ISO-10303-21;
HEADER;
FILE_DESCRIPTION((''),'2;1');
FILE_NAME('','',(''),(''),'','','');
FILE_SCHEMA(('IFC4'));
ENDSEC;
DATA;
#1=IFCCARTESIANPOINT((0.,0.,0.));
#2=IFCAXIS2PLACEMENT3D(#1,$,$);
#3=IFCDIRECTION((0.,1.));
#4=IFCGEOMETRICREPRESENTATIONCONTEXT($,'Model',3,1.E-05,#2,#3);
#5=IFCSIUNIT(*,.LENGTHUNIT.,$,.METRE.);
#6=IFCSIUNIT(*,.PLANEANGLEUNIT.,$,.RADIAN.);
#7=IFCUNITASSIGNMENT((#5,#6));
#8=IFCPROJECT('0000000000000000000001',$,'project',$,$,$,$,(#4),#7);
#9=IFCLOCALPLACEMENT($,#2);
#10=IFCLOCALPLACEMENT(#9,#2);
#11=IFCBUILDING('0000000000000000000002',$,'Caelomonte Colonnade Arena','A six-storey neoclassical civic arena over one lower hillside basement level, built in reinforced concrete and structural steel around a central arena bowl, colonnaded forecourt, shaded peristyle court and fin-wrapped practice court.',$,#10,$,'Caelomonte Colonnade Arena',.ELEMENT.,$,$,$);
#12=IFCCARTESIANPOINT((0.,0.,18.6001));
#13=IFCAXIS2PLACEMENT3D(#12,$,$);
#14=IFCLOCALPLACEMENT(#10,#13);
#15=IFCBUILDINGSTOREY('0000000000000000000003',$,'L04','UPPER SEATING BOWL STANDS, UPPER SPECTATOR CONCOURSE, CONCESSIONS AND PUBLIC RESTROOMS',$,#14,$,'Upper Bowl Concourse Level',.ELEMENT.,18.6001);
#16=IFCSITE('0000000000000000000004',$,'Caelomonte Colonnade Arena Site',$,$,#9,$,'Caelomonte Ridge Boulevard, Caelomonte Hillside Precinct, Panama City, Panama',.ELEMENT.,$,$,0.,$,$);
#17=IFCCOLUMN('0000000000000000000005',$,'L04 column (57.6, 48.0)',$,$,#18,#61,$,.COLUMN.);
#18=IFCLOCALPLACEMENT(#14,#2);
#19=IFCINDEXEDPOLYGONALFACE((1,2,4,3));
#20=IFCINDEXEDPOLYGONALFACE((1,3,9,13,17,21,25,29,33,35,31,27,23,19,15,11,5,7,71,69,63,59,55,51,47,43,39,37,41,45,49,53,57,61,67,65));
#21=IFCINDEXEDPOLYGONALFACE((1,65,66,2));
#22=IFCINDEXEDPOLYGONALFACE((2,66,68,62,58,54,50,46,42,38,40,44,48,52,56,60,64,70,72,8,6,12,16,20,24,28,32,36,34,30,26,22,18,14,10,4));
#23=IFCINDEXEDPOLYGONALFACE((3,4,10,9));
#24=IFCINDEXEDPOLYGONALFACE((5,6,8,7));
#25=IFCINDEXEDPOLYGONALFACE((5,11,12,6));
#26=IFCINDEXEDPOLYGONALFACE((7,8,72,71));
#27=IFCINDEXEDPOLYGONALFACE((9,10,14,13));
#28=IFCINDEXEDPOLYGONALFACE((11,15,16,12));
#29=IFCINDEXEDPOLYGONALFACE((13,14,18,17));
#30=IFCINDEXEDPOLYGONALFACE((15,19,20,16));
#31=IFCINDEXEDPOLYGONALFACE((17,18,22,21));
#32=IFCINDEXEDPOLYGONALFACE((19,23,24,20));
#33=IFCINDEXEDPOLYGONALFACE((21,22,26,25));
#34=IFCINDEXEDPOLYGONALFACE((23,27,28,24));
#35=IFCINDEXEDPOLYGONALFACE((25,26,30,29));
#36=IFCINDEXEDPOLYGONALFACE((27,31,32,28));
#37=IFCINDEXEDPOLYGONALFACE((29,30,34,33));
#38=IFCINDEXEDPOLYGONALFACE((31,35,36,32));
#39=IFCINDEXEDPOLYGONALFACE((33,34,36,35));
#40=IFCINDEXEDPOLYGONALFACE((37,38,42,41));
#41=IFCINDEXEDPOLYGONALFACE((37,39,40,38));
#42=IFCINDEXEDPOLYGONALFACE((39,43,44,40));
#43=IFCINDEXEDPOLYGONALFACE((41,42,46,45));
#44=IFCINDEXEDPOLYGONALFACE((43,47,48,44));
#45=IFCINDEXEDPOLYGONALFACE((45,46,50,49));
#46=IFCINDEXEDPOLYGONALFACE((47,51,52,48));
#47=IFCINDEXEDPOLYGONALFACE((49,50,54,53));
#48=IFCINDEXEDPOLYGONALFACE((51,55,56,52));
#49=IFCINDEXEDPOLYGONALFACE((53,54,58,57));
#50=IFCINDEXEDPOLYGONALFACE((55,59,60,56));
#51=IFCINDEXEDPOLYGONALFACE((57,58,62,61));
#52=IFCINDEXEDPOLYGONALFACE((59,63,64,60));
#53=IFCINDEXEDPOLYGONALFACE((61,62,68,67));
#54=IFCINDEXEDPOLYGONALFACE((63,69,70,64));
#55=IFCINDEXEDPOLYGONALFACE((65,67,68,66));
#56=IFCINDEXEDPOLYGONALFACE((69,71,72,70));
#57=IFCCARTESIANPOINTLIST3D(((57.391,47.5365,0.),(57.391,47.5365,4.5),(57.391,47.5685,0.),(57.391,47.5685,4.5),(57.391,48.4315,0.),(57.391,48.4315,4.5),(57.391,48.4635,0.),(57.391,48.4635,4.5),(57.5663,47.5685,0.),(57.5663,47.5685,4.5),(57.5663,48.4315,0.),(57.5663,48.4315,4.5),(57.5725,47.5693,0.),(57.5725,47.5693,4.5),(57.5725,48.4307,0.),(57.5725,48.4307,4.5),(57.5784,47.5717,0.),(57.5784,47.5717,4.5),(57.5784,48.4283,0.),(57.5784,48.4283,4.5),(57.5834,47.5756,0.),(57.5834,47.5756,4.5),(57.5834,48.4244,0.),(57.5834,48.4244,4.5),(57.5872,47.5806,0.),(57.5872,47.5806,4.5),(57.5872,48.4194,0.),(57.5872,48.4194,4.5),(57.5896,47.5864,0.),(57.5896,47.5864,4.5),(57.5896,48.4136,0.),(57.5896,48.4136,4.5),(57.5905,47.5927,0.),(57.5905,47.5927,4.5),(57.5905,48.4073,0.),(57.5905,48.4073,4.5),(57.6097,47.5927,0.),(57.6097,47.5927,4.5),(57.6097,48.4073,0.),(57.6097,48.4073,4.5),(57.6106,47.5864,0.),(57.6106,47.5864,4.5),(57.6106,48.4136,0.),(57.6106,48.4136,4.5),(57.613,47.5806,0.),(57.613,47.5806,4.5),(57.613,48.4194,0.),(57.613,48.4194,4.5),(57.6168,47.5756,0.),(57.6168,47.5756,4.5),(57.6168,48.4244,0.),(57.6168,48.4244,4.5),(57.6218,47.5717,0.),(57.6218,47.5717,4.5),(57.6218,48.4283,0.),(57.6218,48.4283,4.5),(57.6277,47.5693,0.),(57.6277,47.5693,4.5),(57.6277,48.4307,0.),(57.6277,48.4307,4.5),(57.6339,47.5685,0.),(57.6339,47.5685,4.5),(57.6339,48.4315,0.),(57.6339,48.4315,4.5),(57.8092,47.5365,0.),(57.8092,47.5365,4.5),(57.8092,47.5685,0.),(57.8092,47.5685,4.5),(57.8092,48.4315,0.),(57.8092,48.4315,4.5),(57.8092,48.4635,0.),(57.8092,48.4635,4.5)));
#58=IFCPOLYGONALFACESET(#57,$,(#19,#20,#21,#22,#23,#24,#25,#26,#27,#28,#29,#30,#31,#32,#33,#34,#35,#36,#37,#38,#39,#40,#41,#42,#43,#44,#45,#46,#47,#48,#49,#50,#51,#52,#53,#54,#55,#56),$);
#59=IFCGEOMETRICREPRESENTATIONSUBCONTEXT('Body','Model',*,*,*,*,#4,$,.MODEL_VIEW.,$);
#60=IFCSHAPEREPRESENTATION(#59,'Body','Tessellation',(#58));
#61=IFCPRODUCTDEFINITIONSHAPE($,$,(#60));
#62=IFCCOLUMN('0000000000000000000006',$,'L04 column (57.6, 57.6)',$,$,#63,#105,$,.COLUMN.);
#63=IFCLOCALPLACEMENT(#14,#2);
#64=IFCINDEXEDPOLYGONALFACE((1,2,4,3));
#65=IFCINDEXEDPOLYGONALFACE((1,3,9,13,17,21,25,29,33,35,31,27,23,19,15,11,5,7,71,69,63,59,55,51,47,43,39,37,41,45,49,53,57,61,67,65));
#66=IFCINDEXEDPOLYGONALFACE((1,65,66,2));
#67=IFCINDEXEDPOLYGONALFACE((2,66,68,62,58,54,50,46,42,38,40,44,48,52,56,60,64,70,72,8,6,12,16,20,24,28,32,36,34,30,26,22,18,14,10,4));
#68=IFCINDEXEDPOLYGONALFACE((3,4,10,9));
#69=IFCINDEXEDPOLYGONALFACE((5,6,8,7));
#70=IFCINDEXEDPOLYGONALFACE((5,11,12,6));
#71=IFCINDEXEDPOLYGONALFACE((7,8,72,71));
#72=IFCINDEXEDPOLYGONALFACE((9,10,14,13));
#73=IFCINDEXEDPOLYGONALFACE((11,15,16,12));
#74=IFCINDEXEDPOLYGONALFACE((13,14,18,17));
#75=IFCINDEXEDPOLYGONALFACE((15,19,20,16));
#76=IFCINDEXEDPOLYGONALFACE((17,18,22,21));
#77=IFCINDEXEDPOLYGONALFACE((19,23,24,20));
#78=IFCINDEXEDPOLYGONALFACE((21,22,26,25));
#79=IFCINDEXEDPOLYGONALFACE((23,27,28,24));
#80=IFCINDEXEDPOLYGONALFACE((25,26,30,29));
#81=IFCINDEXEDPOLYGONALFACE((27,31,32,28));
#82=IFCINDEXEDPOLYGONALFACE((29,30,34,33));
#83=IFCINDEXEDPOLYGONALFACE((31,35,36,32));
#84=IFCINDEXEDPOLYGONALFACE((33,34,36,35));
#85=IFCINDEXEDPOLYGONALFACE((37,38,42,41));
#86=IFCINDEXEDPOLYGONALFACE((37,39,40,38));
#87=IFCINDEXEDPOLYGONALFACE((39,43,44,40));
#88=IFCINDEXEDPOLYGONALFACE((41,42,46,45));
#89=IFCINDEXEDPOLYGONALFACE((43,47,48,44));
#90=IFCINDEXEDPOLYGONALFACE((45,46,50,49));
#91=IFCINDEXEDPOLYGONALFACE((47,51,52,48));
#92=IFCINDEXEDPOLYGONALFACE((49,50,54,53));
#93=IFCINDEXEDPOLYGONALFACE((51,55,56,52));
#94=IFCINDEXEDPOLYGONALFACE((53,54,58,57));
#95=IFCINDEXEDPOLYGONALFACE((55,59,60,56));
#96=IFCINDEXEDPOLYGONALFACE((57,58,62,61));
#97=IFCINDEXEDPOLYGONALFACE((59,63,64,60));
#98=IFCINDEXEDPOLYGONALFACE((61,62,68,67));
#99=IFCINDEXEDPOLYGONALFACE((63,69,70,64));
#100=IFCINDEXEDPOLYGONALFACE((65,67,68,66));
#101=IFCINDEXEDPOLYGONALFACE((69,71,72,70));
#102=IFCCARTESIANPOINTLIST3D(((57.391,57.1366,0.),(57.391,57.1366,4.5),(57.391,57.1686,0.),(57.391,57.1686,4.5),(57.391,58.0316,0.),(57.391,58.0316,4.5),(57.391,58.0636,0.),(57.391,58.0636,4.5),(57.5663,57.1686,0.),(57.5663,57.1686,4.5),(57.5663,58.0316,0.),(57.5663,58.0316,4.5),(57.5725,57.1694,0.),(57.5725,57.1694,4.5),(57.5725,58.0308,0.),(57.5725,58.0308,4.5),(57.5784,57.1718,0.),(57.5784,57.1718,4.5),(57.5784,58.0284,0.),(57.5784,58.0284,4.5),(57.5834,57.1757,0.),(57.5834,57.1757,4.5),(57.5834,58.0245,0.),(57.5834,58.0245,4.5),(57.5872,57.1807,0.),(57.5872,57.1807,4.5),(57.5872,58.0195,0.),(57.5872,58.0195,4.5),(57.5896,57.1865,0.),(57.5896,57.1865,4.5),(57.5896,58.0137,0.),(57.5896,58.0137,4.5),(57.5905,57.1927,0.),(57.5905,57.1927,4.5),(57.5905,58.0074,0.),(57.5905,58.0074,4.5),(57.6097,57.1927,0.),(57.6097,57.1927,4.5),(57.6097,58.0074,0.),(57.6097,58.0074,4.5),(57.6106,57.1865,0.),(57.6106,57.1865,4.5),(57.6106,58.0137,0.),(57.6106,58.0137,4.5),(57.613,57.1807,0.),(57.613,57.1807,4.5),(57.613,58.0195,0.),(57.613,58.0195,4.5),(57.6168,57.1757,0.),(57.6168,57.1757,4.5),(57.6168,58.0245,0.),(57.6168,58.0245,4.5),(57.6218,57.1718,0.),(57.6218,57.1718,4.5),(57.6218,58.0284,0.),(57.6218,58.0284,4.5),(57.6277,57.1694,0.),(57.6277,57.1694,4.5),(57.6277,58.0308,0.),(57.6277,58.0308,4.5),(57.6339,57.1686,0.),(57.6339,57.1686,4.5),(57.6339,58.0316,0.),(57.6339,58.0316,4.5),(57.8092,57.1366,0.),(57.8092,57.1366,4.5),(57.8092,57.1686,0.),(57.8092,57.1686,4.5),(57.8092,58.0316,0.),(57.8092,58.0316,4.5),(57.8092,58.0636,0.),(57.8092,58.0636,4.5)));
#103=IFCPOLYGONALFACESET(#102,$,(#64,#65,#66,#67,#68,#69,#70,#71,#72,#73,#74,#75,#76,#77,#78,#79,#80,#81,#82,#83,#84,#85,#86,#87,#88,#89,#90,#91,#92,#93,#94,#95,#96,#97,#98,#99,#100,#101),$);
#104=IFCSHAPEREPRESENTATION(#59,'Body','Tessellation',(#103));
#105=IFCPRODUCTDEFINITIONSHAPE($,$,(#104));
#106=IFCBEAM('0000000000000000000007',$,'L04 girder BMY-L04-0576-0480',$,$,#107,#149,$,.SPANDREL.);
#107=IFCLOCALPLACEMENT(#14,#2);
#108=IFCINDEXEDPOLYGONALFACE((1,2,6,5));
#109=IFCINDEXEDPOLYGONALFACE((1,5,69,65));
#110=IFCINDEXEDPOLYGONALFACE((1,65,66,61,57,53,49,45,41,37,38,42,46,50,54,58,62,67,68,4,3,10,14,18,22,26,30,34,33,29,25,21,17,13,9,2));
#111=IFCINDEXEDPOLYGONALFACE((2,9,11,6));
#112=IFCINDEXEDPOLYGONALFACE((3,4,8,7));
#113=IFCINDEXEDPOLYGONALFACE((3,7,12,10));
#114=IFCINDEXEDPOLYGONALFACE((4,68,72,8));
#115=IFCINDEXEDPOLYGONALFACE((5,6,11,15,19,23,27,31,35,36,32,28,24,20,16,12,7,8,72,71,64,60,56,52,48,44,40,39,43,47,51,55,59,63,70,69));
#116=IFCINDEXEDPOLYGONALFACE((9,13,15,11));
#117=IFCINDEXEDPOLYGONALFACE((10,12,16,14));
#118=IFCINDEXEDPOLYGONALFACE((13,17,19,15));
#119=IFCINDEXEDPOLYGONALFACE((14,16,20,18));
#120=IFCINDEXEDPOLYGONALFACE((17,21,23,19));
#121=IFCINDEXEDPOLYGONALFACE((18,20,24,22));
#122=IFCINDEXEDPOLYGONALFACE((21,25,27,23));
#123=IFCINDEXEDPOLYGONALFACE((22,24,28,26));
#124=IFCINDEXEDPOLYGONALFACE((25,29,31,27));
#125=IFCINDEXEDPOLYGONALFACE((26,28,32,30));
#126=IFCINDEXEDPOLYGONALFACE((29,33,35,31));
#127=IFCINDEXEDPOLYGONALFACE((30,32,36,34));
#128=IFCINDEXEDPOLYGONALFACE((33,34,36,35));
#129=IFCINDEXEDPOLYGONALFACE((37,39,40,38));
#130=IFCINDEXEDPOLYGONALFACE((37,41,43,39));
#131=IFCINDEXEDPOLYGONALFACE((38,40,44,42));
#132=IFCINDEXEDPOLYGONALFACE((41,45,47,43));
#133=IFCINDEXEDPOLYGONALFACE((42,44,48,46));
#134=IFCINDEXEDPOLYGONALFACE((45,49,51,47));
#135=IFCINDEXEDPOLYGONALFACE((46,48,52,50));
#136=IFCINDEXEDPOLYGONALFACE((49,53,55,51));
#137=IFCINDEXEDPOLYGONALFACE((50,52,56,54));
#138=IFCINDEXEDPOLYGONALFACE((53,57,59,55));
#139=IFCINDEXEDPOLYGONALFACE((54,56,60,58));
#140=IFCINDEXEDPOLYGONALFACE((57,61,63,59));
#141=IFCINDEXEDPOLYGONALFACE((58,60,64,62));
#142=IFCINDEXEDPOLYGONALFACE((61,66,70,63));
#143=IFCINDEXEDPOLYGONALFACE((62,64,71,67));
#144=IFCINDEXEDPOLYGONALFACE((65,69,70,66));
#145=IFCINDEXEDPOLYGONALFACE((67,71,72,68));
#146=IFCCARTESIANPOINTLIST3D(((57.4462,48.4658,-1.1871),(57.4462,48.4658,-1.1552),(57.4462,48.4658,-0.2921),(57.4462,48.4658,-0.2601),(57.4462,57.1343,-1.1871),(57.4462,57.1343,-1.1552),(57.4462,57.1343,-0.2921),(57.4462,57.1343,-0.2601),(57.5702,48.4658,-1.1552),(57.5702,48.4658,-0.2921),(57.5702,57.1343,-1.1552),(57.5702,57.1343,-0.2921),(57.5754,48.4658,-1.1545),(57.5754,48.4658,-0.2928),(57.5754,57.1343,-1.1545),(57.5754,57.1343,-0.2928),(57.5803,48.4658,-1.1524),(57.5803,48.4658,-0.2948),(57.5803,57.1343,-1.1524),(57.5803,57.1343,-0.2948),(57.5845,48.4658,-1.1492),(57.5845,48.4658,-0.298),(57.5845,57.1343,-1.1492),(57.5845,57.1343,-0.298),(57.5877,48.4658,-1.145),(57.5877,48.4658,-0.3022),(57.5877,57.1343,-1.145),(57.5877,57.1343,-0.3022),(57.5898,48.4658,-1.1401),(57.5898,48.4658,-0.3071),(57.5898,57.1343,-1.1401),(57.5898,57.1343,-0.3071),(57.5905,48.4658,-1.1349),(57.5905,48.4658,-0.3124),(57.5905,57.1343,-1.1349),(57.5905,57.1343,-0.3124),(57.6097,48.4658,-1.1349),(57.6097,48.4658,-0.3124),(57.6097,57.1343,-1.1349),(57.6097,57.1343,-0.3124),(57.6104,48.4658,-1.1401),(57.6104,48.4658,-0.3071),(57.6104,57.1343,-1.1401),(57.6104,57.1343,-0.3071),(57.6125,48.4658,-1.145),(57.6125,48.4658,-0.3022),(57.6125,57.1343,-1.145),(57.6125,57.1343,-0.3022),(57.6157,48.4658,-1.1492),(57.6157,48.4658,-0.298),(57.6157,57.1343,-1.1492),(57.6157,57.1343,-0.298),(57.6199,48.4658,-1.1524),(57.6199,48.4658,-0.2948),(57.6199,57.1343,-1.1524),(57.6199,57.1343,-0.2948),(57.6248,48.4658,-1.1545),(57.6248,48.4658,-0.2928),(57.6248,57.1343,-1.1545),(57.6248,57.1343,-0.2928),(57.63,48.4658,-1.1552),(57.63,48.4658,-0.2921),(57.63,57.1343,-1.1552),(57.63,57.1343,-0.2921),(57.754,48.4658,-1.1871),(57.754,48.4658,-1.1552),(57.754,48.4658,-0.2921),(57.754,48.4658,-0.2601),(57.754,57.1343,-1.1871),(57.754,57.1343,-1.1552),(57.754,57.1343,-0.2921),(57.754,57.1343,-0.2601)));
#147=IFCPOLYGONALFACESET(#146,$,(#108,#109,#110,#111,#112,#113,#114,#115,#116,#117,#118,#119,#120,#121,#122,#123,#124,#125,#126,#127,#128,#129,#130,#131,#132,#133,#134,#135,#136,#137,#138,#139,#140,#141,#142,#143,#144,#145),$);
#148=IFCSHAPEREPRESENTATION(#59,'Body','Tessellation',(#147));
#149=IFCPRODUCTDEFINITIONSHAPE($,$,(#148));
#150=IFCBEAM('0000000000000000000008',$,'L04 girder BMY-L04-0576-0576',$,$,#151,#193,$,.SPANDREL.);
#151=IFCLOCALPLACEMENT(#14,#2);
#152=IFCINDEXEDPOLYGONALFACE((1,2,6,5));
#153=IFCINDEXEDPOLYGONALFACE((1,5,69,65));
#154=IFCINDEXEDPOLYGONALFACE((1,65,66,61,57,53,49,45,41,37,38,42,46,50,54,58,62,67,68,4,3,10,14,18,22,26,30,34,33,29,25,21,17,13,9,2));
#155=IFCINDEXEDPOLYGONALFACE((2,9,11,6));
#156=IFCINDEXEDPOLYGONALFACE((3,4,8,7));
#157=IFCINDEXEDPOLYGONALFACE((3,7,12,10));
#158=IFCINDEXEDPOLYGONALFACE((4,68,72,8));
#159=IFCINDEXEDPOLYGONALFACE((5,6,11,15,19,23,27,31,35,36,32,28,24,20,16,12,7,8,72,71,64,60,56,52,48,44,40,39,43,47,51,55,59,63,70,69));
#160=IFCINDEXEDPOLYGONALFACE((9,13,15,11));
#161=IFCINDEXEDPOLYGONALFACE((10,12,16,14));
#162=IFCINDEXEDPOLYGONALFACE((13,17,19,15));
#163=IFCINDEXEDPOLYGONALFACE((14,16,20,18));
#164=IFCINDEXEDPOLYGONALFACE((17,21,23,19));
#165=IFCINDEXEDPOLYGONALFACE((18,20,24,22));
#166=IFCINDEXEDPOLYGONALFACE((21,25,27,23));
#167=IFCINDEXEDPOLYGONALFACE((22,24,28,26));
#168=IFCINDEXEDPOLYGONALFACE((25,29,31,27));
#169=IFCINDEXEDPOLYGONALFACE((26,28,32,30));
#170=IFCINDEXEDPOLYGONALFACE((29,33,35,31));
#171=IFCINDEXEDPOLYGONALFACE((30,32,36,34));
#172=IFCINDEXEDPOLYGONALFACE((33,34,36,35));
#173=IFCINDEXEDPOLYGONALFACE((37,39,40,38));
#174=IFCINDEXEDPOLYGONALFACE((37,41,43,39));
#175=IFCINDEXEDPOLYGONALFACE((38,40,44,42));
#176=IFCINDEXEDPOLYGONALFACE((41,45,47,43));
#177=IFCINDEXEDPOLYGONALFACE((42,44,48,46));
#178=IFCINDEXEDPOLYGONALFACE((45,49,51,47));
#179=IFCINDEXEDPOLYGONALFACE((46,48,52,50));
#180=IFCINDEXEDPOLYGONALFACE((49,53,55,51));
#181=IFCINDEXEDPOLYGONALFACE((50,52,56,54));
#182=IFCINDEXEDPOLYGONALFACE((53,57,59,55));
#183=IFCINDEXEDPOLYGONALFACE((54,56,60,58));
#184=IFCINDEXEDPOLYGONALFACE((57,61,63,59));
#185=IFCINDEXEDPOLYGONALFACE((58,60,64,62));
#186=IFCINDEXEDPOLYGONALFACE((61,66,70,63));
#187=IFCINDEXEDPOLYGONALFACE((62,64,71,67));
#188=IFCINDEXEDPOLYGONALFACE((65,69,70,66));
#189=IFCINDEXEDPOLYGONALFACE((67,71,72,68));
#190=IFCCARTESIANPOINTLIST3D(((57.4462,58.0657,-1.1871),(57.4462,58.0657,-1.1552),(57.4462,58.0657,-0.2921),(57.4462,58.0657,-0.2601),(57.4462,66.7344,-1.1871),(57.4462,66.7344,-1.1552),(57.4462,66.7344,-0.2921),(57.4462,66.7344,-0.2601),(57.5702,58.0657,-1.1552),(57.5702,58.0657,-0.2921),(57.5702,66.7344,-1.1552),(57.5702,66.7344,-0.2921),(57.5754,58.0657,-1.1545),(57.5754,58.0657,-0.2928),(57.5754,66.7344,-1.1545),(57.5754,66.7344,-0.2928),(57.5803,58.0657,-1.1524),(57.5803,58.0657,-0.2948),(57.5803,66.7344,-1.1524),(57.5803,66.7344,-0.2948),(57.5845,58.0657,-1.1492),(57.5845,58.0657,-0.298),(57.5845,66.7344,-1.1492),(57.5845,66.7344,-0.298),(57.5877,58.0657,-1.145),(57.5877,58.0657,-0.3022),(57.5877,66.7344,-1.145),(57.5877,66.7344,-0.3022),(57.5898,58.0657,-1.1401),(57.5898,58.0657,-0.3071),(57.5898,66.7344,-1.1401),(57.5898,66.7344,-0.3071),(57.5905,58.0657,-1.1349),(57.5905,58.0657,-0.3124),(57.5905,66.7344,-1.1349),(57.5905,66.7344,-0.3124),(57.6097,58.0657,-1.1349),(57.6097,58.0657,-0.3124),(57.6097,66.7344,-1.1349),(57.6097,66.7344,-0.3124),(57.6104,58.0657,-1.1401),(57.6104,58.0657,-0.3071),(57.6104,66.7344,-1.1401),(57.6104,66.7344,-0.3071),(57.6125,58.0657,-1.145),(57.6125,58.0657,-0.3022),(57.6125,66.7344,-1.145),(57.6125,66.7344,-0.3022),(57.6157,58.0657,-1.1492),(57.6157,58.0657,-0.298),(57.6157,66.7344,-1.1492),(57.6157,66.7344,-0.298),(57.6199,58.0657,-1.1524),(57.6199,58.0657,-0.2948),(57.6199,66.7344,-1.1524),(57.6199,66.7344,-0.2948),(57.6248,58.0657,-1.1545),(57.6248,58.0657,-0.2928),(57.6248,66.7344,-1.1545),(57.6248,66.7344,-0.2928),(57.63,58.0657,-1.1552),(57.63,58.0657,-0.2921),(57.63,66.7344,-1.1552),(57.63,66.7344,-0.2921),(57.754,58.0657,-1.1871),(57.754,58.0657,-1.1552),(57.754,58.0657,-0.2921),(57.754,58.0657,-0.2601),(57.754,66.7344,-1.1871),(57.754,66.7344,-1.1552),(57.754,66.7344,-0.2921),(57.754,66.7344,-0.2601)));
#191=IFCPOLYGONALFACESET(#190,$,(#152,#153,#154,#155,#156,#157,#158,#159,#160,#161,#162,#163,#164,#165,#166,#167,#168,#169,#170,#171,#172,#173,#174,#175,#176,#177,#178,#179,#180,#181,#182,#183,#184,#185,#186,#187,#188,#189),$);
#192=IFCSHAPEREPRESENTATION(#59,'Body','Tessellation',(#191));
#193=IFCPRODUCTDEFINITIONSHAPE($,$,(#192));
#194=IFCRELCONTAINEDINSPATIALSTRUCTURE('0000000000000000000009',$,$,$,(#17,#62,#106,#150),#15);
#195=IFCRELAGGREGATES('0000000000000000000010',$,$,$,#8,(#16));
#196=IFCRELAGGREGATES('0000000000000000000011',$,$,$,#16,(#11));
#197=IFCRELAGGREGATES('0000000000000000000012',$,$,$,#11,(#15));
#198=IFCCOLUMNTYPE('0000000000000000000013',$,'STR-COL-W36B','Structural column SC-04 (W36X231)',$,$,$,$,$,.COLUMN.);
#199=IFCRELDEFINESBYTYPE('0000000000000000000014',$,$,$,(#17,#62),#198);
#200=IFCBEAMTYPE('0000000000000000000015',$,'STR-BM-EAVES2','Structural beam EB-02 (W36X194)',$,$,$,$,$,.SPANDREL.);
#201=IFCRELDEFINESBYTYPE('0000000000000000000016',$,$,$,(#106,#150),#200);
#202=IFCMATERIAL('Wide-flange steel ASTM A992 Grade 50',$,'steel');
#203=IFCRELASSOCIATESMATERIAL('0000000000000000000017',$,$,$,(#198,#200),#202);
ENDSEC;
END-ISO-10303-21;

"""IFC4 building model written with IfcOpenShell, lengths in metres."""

from ifc_helpers import new_model, si_unit, direction, frame, origin, origin_2d, place, context, subcontext, project, spatial, i_section, extrude, material, material_profile, profile_set, type_object, element, save


model = new_model("IFC4")

# Units and contexts
model_context = context("Model", 3, precision=1e-05, world=origin(), true_north=direction((0.0, 1.0)))
body_context = subcontext(model_context, "Body", "Model", "MODEL_VIEW")
ifc_project = project(units=[si_unit("LENGTHUNIT", "METRE"), si_unit("PLANEANGLEUNIT", "RADIAN")], contexts=[model_context])

# Site, building, storey
site_placement = place(None, origin())
site = spatial("IfcSite", under=ifc_project, at=site_placement, Name="Caelomonte Colonnade Arena Site", LongName="Caelomonte Ridge Boulevard, Caelomonte Hillside Precinct, Panama City, Panama", CompositionType="ELEMENT", RefElevation=0.0)
building_placement = place(site_placement, origin())
building = spatial("IfcBuilding", under=site, at=building_placement, Name="Caelomonte Colonnade Arena", Description="A six-storey neoclassical civic arena over one lower hillside basement level, built in reinforced concrete and structural steel around a central arena bowl, colonnaded forecourt, shaded peristyle court and fin-wrapped practice court.", LongName="Caelomonte Colonnade Arena", CompositionType="ELEMENT")
storey_placement = place(building_placement, frame((0.0, 0.0, 18.6001)))
storey = spatial("IfcBuildingStorey", under=building, at=storey_placement, Name="L04", Description="UPPER SEATING BOWL STANDS, UPPER SPECTATOR CONCOURSE, CONCESSIONS AND PUBLIC RESTROOMS", LongName="Upper Bowl Concourse Level", CompositionType="ELEMENT", Elevation=18.6001)

# Columns
ifc_material_1 = material(Name="Wide-flange steel ASTM A992 Grade 50", Category="steel")
ifc_material_profile_1 = material_profile(ifc_material_1, i_section(OverallWidth=0.4182, OverallDepth=0.927, WebThickness=0.0193, FlangeThickness=0.032, FilletRadius=0.0242, at=origin_2d()), Name="W36X231")
ifc_profile_set_1 = profile_set([ifc_material_profile_1], Name="Wide-flange steel ASTM A992 Grade 50")
column_type = type_object("IfcColumnType", Name="STR-COL-W36B", Description="Structural column SC-04 (W36X231)", PredefinedType="COLUMN", material=ifc_profile_set_1)
for number, where, z_axis, x_axis, name in (
    (1, (57.6001, 48.0, 0.0), (0.0, 0.0, 1.0), (1.0, 0.0, 0.0), "L04 column (57.6, 48.0)"),
    (2, (57.6001, 57.6001, 0.0), (0.0, 0.0, 1.0), (1.0, 0.0, 0.0), "L04 column (57.6, 57.6)"),
):
    element("IfcColumn", number, at=place(storey_placement, frame(where, z_axis=z_axis, x_axis=x_axis)), inside=storey, type_object=column_type, Name=name, PredefinedType="COLUMN", context=body_context, shape_type="SweptSolid", body=[
        extrude(i_section(OverallWidth=0.4182, OverallDepth=0.927, WebThickness=0.0193, FlangeThickness=0.032, FilletRadius=0.0242, at=origin_2d()), origin(), (0.0, 0.0, 1.0), 4.5),
    ])

# Beams
ifc_material_profile_2 = material_profile(ifc_material_1, i_section(OverallWidth=0.3079, OverallDepth=0.927, WebThickness=0.0193, FlangeThickness=0.032, FilletRadius=0.0203, at=origin_2d()), Name="W36X194")
ifc_profile_set_2 = profile_set([ifc_material_profile_2], Name="Wide-flange steel ASTM A992 Grade 50")
beam_type_1 = type_object("IfcBeamType", Name="STR-BM-EAVES2", Description="Structural beam EB-02 (W36X194)", PredefinedType="SPANDREL", material=ifc_profile_set_2)
beam_1_placement = place(storey_placement, frame((57.6001, 48.4658, -0.7236), z_axis=(0.0, 1.0, 0.0), x_axis=(-1.0, 0.0, 0.0)))
element("IfcBeam", 3, at=beam_1_placement, inside=storey, type_object=beam_type_1, Name="L04 girder BMY-L04-0576-0480", PredefinedType="SPANDREL", context=body_context, shape_type="SweptSolid", body=[
    extrude(i_section(OverallWidth=0.3079, OverallDepth=0.927, WebThickness=0.0193, FlangeThickness=0.032, FilletRadius=0.0203, at=origin_2d()), origin(), (0.0, 0.0, 1.0), 8.6685),
])
beam_2_placement = place(storey_placement, frame((57.6001, 58.0657, -0.7236), z_axis=(0.0, 1.0, 0.0), x_axis=(-1.0, 0.0, 0.0)))
element("IfcBeam", 4, at=beam_2_placement, inside=storey, type_object=beam_type_1, Name="L04 girder BMY-L04-0576-0576", PredefinedType="SPANDREL", context=body_context, shape_type="SweptSolid", body=[
    extrude(i_section(OverallWidth=0.3079, OverallDepth=0.927, WebThickness=0.0193, FlangeThickness=0.032, FilletRadius=0.0203, at=origin_2d()), origin(), (0.0, 0.0, 1.0), 8.6687),
])

save(model, "model.ifc")
